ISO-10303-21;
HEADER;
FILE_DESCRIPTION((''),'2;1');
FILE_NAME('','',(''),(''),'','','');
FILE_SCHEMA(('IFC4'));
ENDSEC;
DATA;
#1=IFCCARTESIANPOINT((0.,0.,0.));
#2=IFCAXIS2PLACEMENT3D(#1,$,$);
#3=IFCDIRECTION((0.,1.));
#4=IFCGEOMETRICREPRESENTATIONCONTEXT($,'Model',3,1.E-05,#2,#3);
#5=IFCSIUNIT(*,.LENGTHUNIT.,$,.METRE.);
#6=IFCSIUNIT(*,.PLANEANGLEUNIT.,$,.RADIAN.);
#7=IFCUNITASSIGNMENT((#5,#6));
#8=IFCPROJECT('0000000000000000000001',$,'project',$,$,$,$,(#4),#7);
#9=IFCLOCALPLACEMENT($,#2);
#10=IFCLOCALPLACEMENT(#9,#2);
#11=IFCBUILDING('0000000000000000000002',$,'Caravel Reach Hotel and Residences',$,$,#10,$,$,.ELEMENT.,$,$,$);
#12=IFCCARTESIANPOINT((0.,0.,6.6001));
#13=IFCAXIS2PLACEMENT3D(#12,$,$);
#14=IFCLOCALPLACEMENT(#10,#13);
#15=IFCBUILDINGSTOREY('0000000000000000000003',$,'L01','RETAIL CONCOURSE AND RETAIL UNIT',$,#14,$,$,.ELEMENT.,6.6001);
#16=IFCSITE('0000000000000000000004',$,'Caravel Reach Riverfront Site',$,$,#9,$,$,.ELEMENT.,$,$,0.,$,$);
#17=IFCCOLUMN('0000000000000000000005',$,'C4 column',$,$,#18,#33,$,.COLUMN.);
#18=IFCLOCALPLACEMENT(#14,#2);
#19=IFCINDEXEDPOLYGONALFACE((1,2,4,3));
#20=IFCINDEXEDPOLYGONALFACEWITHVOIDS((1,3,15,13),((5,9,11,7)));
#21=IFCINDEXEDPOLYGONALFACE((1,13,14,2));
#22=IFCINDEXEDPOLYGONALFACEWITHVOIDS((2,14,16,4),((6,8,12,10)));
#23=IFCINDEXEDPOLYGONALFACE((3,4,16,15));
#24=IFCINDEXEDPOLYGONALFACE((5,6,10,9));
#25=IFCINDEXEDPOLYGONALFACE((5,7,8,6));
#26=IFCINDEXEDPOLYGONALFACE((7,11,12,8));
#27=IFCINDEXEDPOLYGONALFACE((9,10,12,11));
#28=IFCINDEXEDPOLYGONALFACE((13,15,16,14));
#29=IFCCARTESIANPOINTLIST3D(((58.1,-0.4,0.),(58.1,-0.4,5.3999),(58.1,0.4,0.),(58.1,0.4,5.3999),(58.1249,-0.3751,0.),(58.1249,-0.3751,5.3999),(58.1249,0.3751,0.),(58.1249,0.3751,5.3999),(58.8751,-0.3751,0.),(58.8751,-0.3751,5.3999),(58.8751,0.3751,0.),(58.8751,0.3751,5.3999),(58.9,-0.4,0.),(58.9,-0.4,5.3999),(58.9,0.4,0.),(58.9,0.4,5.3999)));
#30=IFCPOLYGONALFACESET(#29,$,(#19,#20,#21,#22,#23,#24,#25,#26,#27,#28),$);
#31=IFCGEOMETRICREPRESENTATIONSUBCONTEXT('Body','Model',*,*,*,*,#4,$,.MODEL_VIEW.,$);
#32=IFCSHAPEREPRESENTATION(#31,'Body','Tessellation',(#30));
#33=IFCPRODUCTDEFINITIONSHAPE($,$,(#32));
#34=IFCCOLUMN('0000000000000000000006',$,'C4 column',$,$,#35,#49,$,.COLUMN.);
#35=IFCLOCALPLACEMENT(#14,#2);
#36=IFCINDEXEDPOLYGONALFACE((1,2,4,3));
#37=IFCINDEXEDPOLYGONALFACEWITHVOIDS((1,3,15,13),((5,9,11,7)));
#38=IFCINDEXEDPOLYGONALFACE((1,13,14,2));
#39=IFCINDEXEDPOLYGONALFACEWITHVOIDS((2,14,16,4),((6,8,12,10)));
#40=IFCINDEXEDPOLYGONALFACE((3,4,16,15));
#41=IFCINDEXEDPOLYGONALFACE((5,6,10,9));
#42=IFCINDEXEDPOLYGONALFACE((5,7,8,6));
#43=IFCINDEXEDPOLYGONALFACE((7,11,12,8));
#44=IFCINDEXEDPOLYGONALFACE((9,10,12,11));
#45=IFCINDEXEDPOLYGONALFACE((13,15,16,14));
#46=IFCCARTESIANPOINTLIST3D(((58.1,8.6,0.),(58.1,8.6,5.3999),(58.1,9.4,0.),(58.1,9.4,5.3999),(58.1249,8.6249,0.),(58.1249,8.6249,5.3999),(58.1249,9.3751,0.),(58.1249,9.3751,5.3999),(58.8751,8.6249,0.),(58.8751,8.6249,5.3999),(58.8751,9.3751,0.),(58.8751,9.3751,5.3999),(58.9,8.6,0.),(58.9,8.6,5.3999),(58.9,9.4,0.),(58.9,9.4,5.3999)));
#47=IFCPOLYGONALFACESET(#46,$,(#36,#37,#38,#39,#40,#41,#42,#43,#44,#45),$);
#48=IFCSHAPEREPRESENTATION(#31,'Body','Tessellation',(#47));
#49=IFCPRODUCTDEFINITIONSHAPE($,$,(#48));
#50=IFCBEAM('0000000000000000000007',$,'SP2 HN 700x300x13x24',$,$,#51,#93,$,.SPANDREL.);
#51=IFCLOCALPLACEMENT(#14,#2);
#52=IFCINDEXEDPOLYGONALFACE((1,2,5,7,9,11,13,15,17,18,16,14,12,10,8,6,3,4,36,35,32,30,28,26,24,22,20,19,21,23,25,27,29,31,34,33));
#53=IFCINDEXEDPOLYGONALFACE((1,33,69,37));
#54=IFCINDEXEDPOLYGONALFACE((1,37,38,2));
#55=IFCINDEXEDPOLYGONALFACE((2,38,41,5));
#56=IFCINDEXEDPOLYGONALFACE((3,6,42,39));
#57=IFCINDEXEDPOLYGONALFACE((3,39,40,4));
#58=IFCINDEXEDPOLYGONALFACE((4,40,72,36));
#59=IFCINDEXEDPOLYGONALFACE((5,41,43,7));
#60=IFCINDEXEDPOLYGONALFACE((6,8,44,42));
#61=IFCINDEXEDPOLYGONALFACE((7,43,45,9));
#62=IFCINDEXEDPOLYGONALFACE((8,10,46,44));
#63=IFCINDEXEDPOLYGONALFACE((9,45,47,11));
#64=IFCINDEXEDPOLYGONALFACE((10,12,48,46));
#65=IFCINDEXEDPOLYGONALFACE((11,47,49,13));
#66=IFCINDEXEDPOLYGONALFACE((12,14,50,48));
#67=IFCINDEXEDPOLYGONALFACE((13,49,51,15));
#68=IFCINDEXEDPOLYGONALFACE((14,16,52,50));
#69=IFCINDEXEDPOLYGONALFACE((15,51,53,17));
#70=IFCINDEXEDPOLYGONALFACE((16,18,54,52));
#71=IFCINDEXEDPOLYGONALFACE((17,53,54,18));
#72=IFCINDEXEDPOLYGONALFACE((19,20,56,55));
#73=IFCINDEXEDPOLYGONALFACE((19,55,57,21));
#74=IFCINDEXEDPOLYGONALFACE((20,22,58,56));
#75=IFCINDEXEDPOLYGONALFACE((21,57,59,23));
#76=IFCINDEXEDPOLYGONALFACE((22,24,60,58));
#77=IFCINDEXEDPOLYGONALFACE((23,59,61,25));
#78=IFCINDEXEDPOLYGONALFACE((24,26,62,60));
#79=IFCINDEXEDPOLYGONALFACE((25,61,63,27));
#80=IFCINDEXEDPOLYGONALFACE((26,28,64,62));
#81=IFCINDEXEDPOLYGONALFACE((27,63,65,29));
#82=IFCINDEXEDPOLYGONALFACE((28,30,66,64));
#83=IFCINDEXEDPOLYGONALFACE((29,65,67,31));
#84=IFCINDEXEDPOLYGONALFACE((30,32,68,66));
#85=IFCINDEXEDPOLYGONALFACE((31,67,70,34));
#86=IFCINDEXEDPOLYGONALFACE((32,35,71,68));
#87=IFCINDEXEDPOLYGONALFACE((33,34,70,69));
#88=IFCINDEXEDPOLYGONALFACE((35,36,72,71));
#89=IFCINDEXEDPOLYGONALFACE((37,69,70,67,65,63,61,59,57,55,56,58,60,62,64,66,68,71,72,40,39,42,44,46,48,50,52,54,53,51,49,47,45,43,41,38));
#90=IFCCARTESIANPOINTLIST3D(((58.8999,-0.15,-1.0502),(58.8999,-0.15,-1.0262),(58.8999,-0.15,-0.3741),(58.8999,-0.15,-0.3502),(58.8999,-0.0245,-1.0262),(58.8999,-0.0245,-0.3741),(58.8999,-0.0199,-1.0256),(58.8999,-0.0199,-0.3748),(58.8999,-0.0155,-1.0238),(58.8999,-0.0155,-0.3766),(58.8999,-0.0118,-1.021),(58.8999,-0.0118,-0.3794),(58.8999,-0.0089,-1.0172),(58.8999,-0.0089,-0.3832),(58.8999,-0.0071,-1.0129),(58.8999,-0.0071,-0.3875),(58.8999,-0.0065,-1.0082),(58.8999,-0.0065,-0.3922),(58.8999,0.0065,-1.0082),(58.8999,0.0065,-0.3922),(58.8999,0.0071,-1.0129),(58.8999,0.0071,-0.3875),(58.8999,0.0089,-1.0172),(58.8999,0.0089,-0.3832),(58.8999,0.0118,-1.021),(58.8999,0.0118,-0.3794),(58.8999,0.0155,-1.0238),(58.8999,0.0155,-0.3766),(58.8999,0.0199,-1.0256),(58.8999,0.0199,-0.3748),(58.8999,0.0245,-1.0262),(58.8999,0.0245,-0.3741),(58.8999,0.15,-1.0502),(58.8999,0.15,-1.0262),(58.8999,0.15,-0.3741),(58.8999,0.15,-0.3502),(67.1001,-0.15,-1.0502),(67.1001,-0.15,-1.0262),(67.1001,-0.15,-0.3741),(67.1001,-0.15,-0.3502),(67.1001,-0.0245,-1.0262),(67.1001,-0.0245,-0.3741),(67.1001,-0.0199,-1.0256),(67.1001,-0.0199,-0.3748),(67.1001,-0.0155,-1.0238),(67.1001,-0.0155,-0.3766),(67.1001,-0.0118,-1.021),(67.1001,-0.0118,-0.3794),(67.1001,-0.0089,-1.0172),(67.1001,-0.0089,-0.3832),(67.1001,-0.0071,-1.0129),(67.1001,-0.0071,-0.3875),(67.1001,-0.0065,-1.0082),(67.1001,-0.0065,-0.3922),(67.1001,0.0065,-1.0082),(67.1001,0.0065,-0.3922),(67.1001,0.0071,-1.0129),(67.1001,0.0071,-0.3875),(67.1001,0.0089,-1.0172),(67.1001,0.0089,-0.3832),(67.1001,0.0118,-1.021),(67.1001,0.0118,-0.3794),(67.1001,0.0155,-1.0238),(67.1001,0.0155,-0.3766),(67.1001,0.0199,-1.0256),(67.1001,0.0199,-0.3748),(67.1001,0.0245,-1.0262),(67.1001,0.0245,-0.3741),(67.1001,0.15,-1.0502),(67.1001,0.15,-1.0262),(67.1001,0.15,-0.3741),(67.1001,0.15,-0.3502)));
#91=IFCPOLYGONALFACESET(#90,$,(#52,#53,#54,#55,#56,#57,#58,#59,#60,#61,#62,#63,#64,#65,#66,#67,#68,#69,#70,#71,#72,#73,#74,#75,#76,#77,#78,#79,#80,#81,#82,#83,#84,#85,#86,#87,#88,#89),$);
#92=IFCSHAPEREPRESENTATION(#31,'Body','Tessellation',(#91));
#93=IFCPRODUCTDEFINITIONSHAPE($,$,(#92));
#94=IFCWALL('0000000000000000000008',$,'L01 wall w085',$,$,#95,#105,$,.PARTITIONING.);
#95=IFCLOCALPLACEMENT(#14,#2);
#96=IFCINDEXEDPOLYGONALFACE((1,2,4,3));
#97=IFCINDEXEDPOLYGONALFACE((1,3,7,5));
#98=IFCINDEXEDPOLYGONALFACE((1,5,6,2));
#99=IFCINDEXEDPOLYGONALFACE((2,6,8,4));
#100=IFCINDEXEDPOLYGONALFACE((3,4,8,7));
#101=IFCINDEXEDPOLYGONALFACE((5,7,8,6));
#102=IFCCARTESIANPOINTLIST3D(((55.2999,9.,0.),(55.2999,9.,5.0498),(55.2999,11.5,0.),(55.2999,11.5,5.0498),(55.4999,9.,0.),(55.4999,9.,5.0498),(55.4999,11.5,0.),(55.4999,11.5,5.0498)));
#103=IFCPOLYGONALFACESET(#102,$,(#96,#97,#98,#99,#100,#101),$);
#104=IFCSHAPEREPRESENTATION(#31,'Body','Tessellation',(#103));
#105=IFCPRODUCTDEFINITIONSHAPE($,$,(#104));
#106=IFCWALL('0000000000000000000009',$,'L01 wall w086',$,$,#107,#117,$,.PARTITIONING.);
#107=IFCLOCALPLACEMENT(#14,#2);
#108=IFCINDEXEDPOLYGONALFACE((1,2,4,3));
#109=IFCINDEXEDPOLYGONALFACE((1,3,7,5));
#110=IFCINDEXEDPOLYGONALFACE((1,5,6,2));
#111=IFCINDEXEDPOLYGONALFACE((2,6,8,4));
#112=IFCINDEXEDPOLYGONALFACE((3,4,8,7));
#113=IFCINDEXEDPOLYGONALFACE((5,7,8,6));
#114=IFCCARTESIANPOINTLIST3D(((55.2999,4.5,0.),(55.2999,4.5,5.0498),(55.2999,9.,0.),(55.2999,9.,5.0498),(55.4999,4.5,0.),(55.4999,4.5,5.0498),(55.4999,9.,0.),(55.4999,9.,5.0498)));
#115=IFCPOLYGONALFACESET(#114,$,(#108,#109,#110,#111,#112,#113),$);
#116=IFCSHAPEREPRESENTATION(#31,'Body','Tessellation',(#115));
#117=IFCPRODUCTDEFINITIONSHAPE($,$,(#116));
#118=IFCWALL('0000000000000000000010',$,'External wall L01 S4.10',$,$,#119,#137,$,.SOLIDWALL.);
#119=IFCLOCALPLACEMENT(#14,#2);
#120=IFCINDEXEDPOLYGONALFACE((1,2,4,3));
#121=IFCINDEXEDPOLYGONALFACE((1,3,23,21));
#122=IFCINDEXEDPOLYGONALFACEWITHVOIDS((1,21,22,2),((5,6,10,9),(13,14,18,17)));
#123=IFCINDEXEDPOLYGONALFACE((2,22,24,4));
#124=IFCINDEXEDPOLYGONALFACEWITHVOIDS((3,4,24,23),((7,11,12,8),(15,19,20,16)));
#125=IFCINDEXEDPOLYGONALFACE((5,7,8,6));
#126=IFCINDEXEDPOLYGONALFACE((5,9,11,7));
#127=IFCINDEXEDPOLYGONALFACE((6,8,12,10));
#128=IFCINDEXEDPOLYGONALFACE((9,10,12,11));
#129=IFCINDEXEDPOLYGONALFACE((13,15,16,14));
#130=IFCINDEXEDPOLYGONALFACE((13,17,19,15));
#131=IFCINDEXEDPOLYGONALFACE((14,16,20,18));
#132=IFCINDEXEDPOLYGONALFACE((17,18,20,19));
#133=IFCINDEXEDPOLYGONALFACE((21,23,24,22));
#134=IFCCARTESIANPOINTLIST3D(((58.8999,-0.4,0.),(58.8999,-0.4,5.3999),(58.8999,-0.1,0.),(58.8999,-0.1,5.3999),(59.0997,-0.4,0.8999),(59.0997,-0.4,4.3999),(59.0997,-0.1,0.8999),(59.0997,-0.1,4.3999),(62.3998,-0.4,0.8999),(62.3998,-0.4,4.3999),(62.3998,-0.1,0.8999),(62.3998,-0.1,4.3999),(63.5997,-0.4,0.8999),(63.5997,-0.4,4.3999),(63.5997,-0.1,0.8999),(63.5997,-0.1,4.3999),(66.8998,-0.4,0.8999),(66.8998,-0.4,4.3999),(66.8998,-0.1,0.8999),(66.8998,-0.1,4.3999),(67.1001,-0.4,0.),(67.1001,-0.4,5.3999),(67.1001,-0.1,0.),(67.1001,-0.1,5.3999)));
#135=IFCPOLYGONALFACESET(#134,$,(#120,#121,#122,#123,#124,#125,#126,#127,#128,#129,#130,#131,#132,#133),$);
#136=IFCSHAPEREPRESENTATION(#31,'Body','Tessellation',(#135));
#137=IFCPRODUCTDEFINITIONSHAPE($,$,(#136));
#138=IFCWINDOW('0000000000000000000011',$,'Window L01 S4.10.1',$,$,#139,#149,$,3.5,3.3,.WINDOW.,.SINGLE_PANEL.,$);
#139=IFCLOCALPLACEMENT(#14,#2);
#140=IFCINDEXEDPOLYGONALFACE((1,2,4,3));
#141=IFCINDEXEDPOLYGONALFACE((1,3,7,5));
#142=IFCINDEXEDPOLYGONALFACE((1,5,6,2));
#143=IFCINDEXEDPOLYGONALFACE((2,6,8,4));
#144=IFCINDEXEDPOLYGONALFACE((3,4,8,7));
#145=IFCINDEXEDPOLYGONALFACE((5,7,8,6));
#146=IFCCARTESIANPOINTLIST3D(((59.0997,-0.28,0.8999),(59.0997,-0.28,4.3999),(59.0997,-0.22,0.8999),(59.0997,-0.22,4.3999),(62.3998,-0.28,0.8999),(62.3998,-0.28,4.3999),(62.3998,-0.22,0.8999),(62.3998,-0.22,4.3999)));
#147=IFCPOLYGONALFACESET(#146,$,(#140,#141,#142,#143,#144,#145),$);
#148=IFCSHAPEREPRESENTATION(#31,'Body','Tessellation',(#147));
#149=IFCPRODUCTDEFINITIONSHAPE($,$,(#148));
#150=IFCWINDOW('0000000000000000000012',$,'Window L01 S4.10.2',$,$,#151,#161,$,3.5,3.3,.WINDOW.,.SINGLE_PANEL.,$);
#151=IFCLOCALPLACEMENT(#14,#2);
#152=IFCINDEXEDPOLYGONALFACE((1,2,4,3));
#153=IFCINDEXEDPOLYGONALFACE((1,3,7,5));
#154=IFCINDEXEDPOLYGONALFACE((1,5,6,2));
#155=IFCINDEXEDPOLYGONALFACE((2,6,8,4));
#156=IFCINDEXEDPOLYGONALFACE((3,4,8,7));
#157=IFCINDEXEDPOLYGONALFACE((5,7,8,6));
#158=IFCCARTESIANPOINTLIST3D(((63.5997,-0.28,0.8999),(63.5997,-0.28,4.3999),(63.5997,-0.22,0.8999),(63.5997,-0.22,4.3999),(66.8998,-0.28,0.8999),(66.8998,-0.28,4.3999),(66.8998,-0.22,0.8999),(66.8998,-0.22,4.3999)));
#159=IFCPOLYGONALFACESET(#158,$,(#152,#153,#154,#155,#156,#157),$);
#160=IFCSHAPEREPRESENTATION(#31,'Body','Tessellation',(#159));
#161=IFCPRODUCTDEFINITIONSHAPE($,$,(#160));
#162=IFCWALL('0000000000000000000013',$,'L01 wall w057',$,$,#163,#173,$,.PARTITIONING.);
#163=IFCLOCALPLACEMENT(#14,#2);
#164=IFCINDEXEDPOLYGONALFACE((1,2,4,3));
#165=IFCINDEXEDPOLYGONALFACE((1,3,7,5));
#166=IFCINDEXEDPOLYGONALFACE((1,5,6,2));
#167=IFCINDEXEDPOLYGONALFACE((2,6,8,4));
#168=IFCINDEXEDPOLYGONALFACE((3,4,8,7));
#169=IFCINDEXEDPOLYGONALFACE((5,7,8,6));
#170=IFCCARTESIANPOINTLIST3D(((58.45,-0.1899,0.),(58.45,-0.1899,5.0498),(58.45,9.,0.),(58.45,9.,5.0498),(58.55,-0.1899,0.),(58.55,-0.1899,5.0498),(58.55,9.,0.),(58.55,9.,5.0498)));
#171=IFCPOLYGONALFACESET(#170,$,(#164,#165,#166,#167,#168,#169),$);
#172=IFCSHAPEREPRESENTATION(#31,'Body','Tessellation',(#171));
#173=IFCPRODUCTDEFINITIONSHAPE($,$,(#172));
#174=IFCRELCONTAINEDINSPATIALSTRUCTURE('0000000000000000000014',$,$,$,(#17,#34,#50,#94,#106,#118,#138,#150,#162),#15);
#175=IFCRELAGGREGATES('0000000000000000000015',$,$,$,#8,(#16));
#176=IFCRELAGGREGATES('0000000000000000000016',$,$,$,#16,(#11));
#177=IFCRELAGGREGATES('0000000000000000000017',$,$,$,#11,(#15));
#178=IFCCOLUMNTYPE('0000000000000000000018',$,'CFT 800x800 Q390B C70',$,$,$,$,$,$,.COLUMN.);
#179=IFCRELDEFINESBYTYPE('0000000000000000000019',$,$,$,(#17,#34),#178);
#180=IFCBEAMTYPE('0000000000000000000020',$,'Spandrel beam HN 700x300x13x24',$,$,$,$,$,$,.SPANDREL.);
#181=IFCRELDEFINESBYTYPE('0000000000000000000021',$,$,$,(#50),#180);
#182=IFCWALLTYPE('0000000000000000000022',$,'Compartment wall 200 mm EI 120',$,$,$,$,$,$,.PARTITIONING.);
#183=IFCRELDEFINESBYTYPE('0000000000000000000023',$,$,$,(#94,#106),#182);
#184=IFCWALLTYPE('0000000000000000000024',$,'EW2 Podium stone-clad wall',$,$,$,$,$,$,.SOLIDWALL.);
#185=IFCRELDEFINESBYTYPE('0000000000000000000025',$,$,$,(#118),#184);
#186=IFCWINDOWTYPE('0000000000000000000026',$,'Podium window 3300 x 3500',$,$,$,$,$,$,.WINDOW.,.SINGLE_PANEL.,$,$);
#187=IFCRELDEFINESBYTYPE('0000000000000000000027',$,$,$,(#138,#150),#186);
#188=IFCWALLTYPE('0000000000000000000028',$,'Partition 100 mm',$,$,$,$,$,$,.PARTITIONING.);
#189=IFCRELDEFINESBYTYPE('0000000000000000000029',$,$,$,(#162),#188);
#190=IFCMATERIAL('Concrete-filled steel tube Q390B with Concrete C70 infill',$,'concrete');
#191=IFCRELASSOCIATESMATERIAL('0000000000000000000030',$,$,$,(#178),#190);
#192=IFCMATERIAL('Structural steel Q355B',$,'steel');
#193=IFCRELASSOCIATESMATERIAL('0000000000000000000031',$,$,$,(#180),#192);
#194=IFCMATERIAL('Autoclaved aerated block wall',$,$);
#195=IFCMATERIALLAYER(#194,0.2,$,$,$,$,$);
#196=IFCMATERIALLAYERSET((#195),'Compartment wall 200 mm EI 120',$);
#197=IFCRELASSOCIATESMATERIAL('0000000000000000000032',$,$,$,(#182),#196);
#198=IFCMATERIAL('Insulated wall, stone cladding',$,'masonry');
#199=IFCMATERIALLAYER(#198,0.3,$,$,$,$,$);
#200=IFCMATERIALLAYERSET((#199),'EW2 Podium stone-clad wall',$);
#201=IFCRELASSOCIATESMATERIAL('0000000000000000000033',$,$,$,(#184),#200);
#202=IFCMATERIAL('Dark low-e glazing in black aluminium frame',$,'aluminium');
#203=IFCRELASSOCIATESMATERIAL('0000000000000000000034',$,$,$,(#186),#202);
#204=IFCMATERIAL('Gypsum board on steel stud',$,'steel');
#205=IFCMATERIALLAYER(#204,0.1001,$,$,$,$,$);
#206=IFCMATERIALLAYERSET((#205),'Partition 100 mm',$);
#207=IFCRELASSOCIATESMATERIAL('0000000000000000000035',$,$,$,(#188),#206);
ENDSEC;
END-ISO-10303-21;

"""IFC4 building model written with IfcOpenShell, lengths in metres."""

from ifc_helpers import new_model, si_unit, direction, frame, frame_2d, origin, origin_2d, place, context, subcontext, project, spatial, rectangle, hollow_rectangle, i_section, extrude, material, layer, layer_set, material_profile, profile_set, type_object, element, fill, save


model = new_model("IFC4")

# Units and contexts
model_context = context("Model", 3, precision=1e-05, world=origin(), true_north=direction((0.0, 1.0)))
body_context = subcontext(model_context, "Body", "Model", "MODEL_VIEW")
ifc_project = project(units=[si_unit("LENGTHUNIT", "METRE"), si_unit("PLANEANGLEUNIT", "RADIAN")], contexts=[model_context])

# Site, building, storey
site_placement = place(None, origin())
site = spatial("IfcSite", under=ifc_project, at=site_placement, Name="Caravel Reach Riverfront Site", CompositionType="ELEMENT", RefElevation=0.0)
building_placement = place(site_placement, origin())
building = spatial("IfcBuilding", under=site, at=building_placement, Name="Caravel Reach Hotel and Residences", CompositionType="ELEMENT")
storey_placement = place(building_placement, frame((0.0, 0.0, 6.6001)))
storey = spatial("IfcBuildingStorey", under=building, at=storey_placement, Name="L01", Description="RETAIL CONCOURSE AND RETAIL UNIT", CompositionType="ELEMENT", Elevation=6.6001)

# Columns
ifc_material_1 = material(Name="Concrete-filled steel tube Q390B with Concrete C70 infill", Category="concrete")
ifc_material_profile_1 = material_profile(ifc_material_1, hollow_rectangle(XDim=0.8, YDim=0.8, WallThickness=0.0249, at=origin_2d()), Name="RHS 800x800x25")
ifc_profile_set_1 = profile_set([ifc_material_profile_1], Name="Concrete-filled steel tube Q390B with Concrete C70 infill")
column_type = type_object("IfcColumnType", Name="CFT 800x800 Q390B C70", PredefinedType="COLUMN", material=ifc_profile_set_1)
for number, where, z_axis, x_axis, name in (
    (1, (58.5, 0.0, 0.0), (0.0, 0.0, 1.0), (1.0, 0.0, 0.0), "C4 column"),
    (2, (58.5, 9.0, 0.0), (0.0, 0.0, 1.0), (1.0, 0.0, 0.0), "C4 column"),
):
    element("IfcColumn", number, at=place(storey_placement, frame(where, z_axis=z_axis, x_axis=x_axis)), inside=storey, type_object=column_type, Name=name, PredefinedType="COLUMN", context=body_context, shape_type="SweptSolid", body=[
        extrude(hollow_rectangle(XDim=0.8, YDim=0.8, WallThickness=0.0249, at=origin_2d()), origin(), (0.0, 0.0, 1.0), 5.3999),
    ])

# Beam
ifc_material_2 = material(Name="Structural steel Q355B", Category="steel")
ifc_material_profile_2 = material_profile(ifc_material_2, i_section(OverallWidth=0.3, OverallDepth=0.7, WebThickness=0.0129, FlangeThickness=0.0239, FilletRadius=0.0181, at=origin_2d()), Name="HN 700x300x13x24")
ifc_profile_set_2 = profile_set([ifc_material_profile_2], Name="Structural steel Q355B")
beam_type = type_object("IfcBeamType", Name="Spandrel beam HN 700x300x13x24", PredefinedType="SPANDREL", material=ifc_profile_set_2)
beam_placement = place(storey_placement, frame((58.8999, 0.0, -0.7002), z_axis=(1.0, 0.0, 0.0), x_axis=(0.0, 1.0, 0.0)))
element("IfcBeam", 3, at=beam_placement, inside=storey, type_object=beam_type, Name="SP2 HN 700x300x13x24", PredefinedType="SPANDREL", context=body_context, shape_type="SweptSolid", body=[
    extrude(i_section(OverallWidth=0.3, OverallDepth=0.7, WebThickness=0.0129, FlangeThickness=0.0239, FilletRadius=0.0181, at=origin_2d()), origin(), (0.0, 0.0, 1.0), 8.2002),
])

# Walls
ifc_material_3 = material(Name="Autoclaved aerated block wall")
ifc_layer_1 = layer(ifc_material_3, 0.2)
ifc_layer_set_1 = layer_set([ifc_layer_1], Name="Compartment wall 200 mm EI 120")
wall_type_1 = type_object("IfcWallType", Name="Compartment wall 200 mm EI 120", PredefinedType="PARTITIONING", material=ifc_layer_set_1)
wall_1_placement = place(storey_placement, frame((55.3999, 9.0, 0.0), z_axis=(0.0, 0.0, 1.0), x_axis=(0.0, 1.0, 0.0)))
element("IfcWall", 4, at=wall_1_placement, inside=storey, type_object=wall_type_1, Name="L01 wall w085", PredefinedType="PARTITIONING", context=body_context, shape_type="SweptSolid", body=[
    extrude(rectangle(XDim=2.5, YDim=0.2, at=frame_2d((1.25, 0.0))), origin(), (0.0, 0.0, 1.0), 5.0498),
])
wall_2_placement = place(storey_placement, frame((55.3999, 4.5, 0.0), z_axis=(0.0, 0.0, 1.0), x_axis=(0.0, 1.0, 0.0)))
element("IfcWall", 5, at=wall_2_placement, inside=storey, type_object=wall_type_1, Name="L01 wall w086", PredefinedType="PARTITIONING", context=body_context, shape_type="SweptSolid", body=[
    extrude(rectangle(XDim=4.5, YDim=0.2, at=frame_2d((2.25, 0.0))), origin(), (0.0, 0.0, 1.0), 5.0498),
])

# Wall, openings, windows
ifc_material_4 = material(Name="Insulated wall, stone cladding", Category="masonry")
ifc_layer_2 = layer(ifc_material_4, 0.3)
ifc_layer_set_2 = layer_set([ifc_layer_2], Name="EW2 Podium stone-clad wall")
wall_type_2 = type_object("IfcWallType", Name="EW2 Podium stone-clad wall", PredefinedType="SOLIDWALL", material=ifc_layer_set_2)
wall_3_placement = place(storey_placement, frame((58.8999, -0.25, 0.0), z_axis=(0.0, 0.0, 1.0), x_axis=(1.0, 0.0, 0.0)))
wall_3 = element("IfcWall", 6, at=wall_3_placement, inside=storey, type_object=wall_type_2, Name="External wall L01 S4.10", PredefinedType="SOLIDWALL", context=body_context, shape_type="SweptSolid", body=[
    extrude(rectangle(XDim=8.2002, YDim=0.3, at=frame_2d((4.1001, 0.0))), origin(), (0.0, 0.0, 1.0), 5.3999),
])
opening_1_placement = place(wall_3_placement, frame((0.2, 0.0, 0.8999)))
opening_1 = element("IfcOpeningElement", 7, at=opening_1_placement, cuts=wall_3, PredefinedType="OPENING", context=body_context, shape_type="SweptSolid", body=[
    extrude(rectangle(XDim=3.3, YDim=3.5, at=frame_2d((1.6499, 1.75))), frame((0.0, 0.1599, 0.0), z_axis=(0.0, -1.0, 0.0), x_axis=(1.0, 0.0, 0.0)), (0.0, 0.0, 1.0), 0.3201),
])
opening_2_placement = place(wall_3_placement, frame((4.7, 0.0, 0.8999)))
opening_2 = element("IfcOpeningElement", 8, at=opening_2_placement, cuts=wall_3, PredefinedType="OPENING", context=body_context, shape_type="SweptSolid", body=[
    extrude(rectangle(XDim=3.3, YDim=3.5, at=frame_2d((1.6499, 1.75))), frame((0.0, 0.1599, 0.0), z_axis=(0.0, -1.0, 0.0), x_axis=(1.0, 0.0, 0.0)), (0.0, 0.0, 1.0), 0.3201),
])
ifc_material_5 = material(Name="Dark low-e glazing in black aluminium frame", Category="aluminium")
window_type = type_object("IfcWindowType", Name="Podium window 3300 x 3500", PartitioningType="SINGLE_PANEL", PredefinedType="WINDOW", material=ifc_material_5)
window_1_placement = place(opening_1_placement, origin())
window_1 = element("IfcWindow", 9, at=window_1_placement, inside=storey, type_object=window_type, Name="Window L01 S4.10.1", OverallHeight=3.5, OverallWidth=3.3, PartitioningType="SINGLE_PANEL", PredefinedType="WINDOW", context=body_context, shape_type="SweptSolid", body=[
    extrude(rectangle(XDim=3.3, YDim=3.5, at=frame_2d((1.6499, 1.75))), frame((0.0, 0.03, 0.0), z_axis=(0.0, -1.0, 0.0), x_axis=(1.0, 0.0, 0.0)), (0.0, 0.0, 1.0), 0.0601),
])
fill(opening_1, window_1)
window_2_placement = place(opening_2_placement, origin())
window_2 = element("IfcWindow", 10, at=window_2_placement, inside=storey, type_object=window_type, Name="Window L01 S4.10.2", OverallHeight=3.5, OverallWidth=3.3, PartitioningType="SINGLE_PANEL", PredefinedType="WINDOW", context=body_context, shape_type="SweptSolid", body=[
    extrude(rectangle(XDim=3.3, YDim=3.5, at=frame_2d((1.6499, 1.75))), frame((0.0, 0.03, 0.0), z_axis=(0.0, -1.0, 0.0), x_axis=(1.0, 0.0, 0.0)), (0.0, 0.0, 1.0), 0.0601),
])
fill(opening_2, window_2)

# Wall
ifc_material_6 = material(Name="Gypsum board on steel stud", Category="steel")
ifc_layer_3 = layer(ifc_material_6, 0.1001)
ifc_layer_set_3 = layer_set([ifc_layer_3], Name="Partition 100 mm")
wall_type_3 = type_object("IfcWallType", Name="Partition 100 mm", PredefinedType="PARTITIONING", material=ifc_layer_set_3)
wall_4_placement = place(storey_placement, frame((58.5, -0.1899, 0.0), z_axis=(0.0, 0.0, 1.0), x_axis=(0.0, 1.0, 0.0)))
element("IfcWall", 11, at=wall_4_placement, inside=storey, type_object=wall_type_3, Name="L01 wall w057", PredefinedType="PARTITIONING", context=body_context, shape_type="SweptSolid", body=[
    extrude(rectangle(XDim=9.1899, YDim=0.1001, at=frame_2d((4.595, 0.0))), origin(), (0.0, 0.0, 1.0), 5.0498),
])

save(model, "model.ifc")
